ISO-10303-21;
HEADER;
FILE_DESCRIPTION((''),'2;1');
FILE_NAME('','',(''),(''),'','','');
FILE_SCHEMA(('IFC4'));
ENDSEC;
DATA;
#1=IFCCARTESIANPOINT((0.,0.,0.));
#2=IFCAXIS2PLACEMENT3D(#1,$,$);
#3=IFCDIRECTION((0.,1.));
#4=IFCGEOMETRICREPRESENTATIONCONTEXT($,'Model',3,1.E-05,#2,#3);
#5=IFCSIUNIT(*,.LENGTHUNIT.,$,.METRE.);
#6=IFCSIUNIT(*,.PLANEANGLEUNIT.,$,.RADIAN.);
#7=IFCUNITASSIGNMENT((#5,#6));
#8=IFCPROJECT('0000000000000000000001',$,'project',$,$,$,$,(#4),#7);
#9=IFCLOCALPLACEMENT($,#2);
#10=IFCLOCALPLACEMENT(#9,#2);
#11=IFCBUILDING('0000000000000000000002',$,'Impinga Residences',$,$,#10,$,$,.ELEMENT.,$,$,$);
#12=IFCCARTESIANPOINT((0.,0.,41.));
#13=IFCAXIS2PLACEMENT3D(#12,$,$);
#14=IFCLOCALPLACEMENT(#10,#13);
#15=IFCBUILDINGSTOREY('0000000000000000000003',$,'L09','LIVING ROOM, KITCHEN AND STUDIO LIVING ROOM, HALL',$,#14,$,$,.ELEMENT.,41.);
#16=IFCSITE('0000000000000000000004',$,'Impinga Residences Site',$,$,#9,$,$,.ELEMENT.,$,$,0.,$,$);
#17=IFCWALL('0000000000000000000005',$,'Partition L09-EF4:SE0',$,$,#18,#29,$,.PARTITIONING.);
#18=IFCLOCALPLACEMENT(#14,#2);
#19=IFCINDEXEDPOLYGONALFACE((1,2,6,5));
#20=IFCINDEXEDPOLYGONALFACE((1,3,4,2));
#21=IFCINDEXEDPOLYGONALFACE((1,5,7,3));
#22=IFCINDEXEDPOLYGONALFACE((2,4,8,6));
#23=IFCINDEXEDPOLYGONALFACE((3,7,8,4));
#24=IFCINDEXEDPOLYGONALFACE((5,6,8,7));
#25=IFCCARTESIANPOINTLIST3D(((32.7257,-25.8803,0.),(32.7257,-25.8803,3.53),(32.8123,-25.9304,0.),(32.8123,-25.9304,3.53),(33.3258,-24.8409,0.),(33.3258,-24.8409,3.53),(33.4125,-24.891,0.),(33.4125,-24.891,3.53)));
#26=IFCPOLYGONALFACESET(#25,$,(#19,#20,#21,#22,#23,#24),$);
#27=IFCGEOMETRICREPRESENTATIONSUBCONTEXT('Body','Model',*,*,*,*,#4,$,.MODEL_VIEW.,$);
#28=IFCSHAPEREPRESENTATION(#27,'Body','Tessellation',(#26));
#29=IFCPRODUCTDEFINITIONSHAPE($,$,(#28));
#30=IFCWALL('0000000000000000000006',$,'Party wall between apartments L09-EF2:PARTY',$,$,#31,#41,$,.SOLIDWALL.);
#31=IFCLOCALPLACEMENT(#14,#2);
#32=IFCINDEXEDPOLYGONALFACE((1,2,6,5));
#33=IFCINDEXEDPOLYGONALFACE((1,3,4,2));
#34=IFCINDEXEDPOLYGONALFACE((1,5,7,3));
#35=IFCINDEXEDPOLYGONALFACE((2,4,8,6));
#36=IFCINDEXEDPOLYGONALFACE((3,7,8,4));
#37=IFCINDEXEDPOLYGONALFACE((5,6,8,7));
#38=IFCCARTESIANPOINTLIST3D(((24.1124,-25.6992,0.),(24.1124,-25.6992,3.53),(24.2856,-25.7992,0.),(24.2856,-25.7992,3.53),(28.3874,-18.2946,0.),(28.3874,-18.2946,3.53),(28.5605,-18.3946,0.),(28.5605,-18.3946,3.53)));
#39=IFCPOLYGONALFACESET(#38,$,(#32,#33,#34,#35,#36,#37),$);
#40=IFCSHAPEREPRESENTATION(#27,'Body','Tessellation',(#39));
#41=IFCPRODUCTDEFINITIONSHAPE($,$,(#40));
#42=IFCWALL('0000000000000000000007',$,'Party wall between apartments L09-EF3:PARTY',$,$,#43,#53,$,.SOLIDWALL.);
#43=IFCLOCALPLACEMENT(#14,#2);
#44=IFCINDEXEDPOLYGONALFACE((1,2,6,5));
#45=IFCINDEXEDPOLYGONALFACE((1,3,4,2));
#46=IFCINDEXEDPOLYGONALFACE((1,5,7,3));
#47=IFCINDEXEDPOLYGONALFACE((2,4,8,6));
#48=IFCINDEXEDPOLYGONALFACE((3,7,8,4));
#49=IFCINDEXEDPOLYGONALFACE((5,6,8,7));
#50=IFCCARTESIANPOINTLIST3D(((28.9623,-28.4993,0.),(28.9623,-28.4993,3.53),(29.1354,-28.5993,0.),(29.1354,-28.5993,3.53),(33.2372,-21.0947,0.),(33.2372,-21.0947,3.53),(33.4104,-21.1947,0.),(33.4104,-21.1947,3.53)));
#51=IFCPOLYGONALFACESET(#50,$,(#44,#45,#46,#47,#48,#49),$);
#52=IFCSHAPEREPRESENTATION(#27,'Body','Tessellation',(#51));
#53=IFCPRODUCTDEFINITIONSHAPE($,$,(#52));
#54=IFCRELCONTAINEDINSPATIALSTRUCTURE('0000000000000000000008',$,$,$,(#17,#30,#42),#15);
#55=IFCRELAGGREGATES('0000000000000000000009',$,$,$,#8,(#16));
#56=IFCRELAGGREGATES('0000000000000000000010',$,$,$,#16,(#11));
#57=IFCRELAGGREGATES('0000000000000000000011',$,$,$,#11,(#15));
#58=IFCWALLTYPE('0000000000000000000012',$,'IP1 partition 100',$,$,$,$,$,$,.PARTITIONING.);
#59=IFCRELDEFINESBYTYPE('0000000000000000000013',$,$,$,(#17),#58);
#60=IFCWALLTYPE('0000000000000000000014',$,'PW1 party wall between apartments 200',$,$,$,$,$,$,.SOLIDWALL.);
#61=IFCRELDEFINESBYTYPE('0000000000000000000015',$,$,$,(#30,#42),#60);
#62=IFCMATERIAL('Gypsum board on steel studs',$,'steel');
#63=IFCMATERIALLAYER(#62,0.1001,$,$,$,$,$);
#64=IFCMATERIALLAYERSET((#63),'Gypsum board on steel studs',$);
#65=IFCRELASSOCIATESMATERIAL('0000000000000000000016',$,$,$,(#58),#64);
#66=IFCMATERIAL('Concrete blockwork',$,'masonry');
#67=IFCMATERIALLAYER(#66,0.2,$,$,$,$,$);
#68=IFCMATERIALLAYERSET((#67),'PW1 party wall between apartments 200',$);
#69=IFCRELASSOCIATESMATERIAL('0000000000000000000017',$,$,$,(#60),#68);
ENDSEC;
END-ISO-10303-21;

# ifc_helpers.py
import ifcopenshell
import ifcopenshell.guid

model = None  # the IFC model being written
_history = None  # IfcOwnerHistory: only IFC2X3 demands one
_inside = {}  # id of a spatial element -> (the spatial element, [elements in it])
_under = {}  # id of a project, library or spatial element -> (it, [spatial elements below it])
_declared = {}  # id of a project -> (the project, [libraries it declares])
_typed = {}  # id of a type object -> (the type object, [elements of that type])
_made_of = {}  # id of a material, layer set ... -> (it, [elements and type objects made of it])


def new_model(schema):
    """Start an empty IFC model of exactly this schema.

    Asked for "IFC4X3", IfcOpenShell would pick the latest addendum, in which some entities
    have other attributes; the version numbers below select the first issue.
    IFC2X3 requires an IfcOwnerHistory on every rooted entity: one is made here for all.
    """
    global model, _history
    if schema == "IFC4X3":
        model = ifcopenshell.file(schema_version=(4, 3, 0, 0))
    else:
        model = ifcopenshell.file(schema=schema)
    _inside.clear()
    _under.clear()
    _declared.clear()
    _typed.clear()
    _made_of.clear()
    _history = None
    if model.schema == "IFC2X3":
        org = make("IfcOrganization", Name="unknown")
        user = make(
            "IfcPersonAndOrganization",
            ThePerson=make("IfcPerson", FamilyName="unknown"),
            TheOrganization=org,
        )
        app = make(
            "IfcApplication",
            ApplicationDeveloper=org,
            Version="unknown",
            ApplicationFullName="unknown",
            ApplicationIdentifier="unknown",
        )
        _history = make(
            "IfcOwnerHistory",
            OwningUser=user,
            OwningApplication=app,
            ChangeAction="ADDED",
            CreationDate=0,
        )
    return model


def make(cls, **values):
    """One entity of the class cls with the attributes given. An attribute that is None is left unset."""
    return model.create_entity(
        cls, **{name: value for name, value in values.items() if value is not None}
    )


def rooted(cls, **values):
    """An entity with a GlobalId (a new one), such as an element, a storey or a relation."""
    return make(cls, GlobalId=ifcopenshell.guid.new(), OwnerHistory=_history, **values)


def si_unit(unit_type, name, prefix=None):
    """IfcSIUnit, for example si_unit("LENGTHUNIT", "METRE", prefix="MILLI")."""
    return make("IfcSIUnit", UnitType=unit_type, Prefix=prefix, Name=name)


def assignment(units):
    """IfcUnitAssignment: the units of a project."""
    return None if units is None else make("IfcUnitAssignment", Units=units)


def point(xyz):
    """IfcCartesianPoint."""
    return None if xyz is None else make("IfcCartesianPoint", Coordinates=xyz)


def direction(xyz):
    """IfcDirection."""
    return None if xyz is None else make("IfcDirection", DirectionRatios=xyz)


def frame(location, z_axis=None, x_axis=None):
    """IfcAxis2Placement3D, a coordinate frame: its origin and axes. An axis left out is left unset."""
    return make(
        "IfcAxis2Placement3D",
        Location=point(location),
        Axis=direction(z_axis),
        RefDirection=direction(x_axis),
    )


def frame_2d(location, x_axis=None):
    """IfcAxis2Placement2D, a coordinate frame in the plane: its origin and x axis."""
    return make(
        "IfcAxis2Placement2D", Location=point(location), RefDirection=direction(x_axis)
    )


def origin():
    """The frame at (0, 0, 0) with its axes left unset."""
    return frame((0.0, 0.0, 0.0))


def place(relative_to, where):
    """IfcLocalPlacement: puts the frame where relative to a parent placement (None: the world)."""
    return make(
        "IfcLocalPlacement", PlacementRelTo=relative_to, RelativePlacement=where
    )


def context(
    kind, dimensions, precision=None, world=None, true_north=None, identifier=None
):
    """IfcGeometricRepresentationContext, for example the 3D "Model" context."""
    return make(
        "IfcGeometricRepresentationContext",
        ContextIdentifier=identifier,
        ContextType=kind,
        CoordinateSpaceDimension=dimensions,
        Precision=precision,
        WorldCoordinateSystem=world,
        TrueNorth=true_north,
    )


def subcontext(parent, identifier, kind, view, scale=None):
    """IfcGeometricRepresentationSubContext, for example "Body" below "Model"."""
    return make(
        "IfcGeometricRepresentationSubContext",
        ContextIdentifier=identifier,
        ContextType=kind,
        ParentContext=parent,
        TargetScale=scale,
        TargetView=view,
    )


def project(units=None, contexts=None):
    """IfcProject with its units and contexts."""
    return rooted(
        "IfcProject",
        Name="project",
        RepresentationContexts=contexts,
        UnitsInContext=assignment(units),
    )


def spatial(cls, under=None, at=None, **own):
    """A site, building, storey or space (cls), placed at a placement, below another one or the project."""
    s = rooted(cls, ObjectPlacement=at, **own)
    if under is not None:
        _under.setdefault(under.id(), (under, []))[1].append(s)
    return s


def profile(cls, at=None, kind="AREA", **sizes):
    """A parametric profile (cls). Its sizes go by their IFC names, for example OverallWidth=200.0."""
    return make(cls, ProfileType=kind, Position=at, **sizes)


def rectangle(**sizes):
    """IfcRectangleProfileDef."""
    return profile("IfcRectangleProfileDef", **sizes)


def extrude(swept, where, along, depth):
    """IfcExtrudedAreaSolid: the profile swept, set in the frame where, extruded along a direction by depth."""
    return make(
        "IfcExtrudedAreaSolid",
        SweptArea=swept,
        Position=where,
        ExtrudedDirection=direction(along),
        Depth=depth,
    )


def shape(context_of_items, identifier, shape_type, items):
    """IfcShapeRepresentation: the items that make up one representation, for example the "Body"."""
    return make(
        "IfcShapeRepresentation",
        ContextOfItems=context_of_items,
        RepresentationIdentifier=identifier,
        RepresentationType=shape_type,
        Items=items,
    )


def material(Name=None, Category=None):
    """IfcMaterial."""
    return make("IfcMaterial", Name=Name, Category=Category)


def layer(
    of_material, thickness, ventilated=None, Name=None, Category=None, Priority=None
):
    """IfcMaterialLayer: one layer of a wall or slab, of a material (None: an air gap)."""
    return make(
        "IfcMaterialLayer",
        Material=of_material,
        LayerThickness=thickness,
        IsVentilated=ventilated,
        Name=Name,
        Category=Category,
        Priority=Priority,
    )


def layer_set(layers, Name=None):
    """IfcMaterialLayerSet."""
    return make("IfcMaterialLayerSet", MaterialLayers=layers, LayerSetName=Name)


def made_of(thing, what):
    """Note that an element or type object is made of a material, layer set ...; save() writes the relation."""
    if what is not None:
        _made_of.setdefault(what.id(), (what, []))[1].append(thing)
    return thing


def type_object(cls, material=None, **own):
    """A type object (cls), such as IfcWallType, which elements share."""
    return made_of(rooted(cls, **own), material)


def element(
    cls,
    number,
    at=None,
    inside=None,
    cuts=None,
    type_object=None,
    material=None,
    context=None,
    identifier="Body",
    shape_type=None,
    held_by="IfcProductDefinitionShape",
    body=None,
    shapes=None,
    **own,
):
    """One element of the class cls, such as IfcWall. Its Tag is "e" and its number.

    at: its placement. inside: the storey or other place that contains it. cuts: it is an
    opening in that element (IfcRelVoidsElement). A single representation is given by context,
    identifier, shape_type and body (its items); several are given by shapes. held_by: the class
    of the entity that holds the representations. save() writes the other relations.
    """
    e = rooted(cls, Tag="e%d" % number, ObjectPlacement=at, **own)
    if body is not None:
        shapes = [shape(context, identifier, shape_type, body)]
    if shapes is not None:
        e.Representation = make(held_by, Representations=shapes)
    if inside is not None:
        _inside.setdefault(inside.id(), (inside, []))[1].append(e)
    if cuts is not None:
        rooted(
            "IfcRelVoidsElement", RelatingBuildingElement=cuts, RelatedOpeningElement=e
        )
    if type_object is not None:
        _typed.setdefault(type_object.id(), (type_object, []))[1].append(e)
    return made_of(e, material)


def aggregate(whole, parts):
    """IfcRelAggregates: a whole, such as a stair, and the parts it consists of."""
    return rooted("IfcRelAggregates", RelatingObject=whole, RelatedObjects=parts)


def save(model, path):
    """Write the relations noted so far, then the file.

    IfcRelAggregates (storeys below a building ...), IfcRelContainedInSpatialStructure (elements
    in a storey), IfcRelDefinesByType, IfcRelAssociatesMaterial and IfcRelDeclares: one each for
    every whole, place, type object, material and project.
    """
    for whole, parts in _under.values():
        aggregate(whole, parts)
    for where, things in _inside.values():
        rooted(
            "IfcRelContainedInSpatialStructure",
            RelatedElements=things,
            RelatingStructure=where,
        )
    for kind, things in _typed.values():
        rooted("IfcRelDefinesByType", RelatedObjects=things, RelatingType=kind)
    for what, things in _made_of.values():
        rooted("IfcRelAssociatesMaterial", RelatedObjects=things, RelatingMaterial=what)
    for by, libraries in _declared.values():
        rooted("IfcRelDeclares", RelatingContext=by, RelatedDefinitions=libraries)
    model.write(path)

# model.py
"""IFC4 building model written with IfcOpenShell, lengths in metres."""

from ifc_helpers import new_model, si_unit, direction, frame, frame_2d, origin, place, context, subcontext, project, spatial, rectangle, extrude, material, layer, layer_set, type_object, element, save


model = new_model("IFC4")

# Units and contexts
model_context = context("Model", 3, precision=1e-05, world=origin(), true_north=direction((0.0, 1.0)))
body_context = subcontext(model_context, "Body", "Model", "MODEL_VIEW")
ifc_project = project(units=[si_unit("LENGTHUNIT", "METRE"), si_unit("PLANEANGLEUNIT", "RADIAN")], contexts=[model_context])

# Site, building, storey
site_placement = place(None, origin())
site = spatial("IfcSite", under=ifc_project, at=site_placement, Name="Impinga Residences Site", CompositionType="ELEMENT", RefElevation=0.0)
building_placement = place(site_placement, origin())
building = spatial("IfcBuilding", under=site, at=building_placement, Name="Impinga Residences", CompositionType="ELEMENT")
storey_placement = place(building_placement, frame((0.0, 0.0, 41.0)))
storey = spatial("IfcBuildingStorey", under=building, at=storey_placement, Name="L09", Description="LIVING ROOM, KITCHEN AND STUDIO LIVING ROOM, HALL", CompositionType="ELEMENT", Elevation=41.0)

# Shared definitions
ifc_material_1 = material(Name="Gypsum board on steel studs", Category="steel")
ifc_layer_1 = layer(ifc_material_1, 0.1001)
ifc_layer_set_1 = layer_set([ifc_layer_1], Name="Gypsum board on steel studs")
wall_type_1 = type_object("IfcWallType", Name="IP1 partition 100", PredefinedType="PARTITIONING", material=ifc_layer_set_1)

# Walls
wall_1_placement = place(storey_placement, frame((33.3691, -24.866, 0.0), z_axis=(0.0, 0.0, 1.0), x_axis=(-0.500034, -0.866006, 0.0)))
element("IfcWall", 1, at=wall_1_placement, inside=storey, type_object=wall_type_1, Name="Partition L09-EF4:SE0", PredefinedType="PARTITIONING", context=body_context, shape_type="SweptSolid", body=[
    extrude(rectangle(XDim=1.2002, YDim=0.1001, at=frame_2d((0.6001, 0.0))), origin(), (0.0, 0.0, 1.0), 3.53),
])
ifc_material_2 = material(Name="Concrete blockwork", Category="masonry")
ifc_layer_2 = layer(ifc_material_2, 0.2)
ifc_layer_set_2 = layer_set([ifc_layer_2], Name="PW1 party wall between apartments 200")
wall_type_2 = type_object("IfcWallType", Name="PW1 party wall between apartments 200", PredefinedType="SOLIDWALL", material=ifc_layer_set_2)
for number, where, z_axis, x_axis, name in (
    (2, (28.4739, -18.3447, 0.0), (0.0, 0.0, 1.0), (-0.49999, -0.866031, 0.0), "Party wall between apartments L09-EF2:PARTY"),
    (3, (33.3237, -21.1448, 0.0), (0.0, 0.0, 1.0), (-0.49999, -0.866031, 0.0), "Party wall between apartments L09-EF3:PARTY"),
):
    element("IfcWall", number, at=place(storey_placement, frame(where, z_axis=z_axis, x_axis=x_axis)), inside=storey, type_object=wall_type_2, Name=name, PredefinedType="SOLIDWALL", context=body_context, shape_type="SweptSolid", body=[
        extrude(rectangle(XDim=8.55, YDim=0.2, at=frame_2d((4.2749, 0.0))), origin(), (0.0, 0.0, 1.0), 3.53),
    ])

save(model, "model.ifc")
